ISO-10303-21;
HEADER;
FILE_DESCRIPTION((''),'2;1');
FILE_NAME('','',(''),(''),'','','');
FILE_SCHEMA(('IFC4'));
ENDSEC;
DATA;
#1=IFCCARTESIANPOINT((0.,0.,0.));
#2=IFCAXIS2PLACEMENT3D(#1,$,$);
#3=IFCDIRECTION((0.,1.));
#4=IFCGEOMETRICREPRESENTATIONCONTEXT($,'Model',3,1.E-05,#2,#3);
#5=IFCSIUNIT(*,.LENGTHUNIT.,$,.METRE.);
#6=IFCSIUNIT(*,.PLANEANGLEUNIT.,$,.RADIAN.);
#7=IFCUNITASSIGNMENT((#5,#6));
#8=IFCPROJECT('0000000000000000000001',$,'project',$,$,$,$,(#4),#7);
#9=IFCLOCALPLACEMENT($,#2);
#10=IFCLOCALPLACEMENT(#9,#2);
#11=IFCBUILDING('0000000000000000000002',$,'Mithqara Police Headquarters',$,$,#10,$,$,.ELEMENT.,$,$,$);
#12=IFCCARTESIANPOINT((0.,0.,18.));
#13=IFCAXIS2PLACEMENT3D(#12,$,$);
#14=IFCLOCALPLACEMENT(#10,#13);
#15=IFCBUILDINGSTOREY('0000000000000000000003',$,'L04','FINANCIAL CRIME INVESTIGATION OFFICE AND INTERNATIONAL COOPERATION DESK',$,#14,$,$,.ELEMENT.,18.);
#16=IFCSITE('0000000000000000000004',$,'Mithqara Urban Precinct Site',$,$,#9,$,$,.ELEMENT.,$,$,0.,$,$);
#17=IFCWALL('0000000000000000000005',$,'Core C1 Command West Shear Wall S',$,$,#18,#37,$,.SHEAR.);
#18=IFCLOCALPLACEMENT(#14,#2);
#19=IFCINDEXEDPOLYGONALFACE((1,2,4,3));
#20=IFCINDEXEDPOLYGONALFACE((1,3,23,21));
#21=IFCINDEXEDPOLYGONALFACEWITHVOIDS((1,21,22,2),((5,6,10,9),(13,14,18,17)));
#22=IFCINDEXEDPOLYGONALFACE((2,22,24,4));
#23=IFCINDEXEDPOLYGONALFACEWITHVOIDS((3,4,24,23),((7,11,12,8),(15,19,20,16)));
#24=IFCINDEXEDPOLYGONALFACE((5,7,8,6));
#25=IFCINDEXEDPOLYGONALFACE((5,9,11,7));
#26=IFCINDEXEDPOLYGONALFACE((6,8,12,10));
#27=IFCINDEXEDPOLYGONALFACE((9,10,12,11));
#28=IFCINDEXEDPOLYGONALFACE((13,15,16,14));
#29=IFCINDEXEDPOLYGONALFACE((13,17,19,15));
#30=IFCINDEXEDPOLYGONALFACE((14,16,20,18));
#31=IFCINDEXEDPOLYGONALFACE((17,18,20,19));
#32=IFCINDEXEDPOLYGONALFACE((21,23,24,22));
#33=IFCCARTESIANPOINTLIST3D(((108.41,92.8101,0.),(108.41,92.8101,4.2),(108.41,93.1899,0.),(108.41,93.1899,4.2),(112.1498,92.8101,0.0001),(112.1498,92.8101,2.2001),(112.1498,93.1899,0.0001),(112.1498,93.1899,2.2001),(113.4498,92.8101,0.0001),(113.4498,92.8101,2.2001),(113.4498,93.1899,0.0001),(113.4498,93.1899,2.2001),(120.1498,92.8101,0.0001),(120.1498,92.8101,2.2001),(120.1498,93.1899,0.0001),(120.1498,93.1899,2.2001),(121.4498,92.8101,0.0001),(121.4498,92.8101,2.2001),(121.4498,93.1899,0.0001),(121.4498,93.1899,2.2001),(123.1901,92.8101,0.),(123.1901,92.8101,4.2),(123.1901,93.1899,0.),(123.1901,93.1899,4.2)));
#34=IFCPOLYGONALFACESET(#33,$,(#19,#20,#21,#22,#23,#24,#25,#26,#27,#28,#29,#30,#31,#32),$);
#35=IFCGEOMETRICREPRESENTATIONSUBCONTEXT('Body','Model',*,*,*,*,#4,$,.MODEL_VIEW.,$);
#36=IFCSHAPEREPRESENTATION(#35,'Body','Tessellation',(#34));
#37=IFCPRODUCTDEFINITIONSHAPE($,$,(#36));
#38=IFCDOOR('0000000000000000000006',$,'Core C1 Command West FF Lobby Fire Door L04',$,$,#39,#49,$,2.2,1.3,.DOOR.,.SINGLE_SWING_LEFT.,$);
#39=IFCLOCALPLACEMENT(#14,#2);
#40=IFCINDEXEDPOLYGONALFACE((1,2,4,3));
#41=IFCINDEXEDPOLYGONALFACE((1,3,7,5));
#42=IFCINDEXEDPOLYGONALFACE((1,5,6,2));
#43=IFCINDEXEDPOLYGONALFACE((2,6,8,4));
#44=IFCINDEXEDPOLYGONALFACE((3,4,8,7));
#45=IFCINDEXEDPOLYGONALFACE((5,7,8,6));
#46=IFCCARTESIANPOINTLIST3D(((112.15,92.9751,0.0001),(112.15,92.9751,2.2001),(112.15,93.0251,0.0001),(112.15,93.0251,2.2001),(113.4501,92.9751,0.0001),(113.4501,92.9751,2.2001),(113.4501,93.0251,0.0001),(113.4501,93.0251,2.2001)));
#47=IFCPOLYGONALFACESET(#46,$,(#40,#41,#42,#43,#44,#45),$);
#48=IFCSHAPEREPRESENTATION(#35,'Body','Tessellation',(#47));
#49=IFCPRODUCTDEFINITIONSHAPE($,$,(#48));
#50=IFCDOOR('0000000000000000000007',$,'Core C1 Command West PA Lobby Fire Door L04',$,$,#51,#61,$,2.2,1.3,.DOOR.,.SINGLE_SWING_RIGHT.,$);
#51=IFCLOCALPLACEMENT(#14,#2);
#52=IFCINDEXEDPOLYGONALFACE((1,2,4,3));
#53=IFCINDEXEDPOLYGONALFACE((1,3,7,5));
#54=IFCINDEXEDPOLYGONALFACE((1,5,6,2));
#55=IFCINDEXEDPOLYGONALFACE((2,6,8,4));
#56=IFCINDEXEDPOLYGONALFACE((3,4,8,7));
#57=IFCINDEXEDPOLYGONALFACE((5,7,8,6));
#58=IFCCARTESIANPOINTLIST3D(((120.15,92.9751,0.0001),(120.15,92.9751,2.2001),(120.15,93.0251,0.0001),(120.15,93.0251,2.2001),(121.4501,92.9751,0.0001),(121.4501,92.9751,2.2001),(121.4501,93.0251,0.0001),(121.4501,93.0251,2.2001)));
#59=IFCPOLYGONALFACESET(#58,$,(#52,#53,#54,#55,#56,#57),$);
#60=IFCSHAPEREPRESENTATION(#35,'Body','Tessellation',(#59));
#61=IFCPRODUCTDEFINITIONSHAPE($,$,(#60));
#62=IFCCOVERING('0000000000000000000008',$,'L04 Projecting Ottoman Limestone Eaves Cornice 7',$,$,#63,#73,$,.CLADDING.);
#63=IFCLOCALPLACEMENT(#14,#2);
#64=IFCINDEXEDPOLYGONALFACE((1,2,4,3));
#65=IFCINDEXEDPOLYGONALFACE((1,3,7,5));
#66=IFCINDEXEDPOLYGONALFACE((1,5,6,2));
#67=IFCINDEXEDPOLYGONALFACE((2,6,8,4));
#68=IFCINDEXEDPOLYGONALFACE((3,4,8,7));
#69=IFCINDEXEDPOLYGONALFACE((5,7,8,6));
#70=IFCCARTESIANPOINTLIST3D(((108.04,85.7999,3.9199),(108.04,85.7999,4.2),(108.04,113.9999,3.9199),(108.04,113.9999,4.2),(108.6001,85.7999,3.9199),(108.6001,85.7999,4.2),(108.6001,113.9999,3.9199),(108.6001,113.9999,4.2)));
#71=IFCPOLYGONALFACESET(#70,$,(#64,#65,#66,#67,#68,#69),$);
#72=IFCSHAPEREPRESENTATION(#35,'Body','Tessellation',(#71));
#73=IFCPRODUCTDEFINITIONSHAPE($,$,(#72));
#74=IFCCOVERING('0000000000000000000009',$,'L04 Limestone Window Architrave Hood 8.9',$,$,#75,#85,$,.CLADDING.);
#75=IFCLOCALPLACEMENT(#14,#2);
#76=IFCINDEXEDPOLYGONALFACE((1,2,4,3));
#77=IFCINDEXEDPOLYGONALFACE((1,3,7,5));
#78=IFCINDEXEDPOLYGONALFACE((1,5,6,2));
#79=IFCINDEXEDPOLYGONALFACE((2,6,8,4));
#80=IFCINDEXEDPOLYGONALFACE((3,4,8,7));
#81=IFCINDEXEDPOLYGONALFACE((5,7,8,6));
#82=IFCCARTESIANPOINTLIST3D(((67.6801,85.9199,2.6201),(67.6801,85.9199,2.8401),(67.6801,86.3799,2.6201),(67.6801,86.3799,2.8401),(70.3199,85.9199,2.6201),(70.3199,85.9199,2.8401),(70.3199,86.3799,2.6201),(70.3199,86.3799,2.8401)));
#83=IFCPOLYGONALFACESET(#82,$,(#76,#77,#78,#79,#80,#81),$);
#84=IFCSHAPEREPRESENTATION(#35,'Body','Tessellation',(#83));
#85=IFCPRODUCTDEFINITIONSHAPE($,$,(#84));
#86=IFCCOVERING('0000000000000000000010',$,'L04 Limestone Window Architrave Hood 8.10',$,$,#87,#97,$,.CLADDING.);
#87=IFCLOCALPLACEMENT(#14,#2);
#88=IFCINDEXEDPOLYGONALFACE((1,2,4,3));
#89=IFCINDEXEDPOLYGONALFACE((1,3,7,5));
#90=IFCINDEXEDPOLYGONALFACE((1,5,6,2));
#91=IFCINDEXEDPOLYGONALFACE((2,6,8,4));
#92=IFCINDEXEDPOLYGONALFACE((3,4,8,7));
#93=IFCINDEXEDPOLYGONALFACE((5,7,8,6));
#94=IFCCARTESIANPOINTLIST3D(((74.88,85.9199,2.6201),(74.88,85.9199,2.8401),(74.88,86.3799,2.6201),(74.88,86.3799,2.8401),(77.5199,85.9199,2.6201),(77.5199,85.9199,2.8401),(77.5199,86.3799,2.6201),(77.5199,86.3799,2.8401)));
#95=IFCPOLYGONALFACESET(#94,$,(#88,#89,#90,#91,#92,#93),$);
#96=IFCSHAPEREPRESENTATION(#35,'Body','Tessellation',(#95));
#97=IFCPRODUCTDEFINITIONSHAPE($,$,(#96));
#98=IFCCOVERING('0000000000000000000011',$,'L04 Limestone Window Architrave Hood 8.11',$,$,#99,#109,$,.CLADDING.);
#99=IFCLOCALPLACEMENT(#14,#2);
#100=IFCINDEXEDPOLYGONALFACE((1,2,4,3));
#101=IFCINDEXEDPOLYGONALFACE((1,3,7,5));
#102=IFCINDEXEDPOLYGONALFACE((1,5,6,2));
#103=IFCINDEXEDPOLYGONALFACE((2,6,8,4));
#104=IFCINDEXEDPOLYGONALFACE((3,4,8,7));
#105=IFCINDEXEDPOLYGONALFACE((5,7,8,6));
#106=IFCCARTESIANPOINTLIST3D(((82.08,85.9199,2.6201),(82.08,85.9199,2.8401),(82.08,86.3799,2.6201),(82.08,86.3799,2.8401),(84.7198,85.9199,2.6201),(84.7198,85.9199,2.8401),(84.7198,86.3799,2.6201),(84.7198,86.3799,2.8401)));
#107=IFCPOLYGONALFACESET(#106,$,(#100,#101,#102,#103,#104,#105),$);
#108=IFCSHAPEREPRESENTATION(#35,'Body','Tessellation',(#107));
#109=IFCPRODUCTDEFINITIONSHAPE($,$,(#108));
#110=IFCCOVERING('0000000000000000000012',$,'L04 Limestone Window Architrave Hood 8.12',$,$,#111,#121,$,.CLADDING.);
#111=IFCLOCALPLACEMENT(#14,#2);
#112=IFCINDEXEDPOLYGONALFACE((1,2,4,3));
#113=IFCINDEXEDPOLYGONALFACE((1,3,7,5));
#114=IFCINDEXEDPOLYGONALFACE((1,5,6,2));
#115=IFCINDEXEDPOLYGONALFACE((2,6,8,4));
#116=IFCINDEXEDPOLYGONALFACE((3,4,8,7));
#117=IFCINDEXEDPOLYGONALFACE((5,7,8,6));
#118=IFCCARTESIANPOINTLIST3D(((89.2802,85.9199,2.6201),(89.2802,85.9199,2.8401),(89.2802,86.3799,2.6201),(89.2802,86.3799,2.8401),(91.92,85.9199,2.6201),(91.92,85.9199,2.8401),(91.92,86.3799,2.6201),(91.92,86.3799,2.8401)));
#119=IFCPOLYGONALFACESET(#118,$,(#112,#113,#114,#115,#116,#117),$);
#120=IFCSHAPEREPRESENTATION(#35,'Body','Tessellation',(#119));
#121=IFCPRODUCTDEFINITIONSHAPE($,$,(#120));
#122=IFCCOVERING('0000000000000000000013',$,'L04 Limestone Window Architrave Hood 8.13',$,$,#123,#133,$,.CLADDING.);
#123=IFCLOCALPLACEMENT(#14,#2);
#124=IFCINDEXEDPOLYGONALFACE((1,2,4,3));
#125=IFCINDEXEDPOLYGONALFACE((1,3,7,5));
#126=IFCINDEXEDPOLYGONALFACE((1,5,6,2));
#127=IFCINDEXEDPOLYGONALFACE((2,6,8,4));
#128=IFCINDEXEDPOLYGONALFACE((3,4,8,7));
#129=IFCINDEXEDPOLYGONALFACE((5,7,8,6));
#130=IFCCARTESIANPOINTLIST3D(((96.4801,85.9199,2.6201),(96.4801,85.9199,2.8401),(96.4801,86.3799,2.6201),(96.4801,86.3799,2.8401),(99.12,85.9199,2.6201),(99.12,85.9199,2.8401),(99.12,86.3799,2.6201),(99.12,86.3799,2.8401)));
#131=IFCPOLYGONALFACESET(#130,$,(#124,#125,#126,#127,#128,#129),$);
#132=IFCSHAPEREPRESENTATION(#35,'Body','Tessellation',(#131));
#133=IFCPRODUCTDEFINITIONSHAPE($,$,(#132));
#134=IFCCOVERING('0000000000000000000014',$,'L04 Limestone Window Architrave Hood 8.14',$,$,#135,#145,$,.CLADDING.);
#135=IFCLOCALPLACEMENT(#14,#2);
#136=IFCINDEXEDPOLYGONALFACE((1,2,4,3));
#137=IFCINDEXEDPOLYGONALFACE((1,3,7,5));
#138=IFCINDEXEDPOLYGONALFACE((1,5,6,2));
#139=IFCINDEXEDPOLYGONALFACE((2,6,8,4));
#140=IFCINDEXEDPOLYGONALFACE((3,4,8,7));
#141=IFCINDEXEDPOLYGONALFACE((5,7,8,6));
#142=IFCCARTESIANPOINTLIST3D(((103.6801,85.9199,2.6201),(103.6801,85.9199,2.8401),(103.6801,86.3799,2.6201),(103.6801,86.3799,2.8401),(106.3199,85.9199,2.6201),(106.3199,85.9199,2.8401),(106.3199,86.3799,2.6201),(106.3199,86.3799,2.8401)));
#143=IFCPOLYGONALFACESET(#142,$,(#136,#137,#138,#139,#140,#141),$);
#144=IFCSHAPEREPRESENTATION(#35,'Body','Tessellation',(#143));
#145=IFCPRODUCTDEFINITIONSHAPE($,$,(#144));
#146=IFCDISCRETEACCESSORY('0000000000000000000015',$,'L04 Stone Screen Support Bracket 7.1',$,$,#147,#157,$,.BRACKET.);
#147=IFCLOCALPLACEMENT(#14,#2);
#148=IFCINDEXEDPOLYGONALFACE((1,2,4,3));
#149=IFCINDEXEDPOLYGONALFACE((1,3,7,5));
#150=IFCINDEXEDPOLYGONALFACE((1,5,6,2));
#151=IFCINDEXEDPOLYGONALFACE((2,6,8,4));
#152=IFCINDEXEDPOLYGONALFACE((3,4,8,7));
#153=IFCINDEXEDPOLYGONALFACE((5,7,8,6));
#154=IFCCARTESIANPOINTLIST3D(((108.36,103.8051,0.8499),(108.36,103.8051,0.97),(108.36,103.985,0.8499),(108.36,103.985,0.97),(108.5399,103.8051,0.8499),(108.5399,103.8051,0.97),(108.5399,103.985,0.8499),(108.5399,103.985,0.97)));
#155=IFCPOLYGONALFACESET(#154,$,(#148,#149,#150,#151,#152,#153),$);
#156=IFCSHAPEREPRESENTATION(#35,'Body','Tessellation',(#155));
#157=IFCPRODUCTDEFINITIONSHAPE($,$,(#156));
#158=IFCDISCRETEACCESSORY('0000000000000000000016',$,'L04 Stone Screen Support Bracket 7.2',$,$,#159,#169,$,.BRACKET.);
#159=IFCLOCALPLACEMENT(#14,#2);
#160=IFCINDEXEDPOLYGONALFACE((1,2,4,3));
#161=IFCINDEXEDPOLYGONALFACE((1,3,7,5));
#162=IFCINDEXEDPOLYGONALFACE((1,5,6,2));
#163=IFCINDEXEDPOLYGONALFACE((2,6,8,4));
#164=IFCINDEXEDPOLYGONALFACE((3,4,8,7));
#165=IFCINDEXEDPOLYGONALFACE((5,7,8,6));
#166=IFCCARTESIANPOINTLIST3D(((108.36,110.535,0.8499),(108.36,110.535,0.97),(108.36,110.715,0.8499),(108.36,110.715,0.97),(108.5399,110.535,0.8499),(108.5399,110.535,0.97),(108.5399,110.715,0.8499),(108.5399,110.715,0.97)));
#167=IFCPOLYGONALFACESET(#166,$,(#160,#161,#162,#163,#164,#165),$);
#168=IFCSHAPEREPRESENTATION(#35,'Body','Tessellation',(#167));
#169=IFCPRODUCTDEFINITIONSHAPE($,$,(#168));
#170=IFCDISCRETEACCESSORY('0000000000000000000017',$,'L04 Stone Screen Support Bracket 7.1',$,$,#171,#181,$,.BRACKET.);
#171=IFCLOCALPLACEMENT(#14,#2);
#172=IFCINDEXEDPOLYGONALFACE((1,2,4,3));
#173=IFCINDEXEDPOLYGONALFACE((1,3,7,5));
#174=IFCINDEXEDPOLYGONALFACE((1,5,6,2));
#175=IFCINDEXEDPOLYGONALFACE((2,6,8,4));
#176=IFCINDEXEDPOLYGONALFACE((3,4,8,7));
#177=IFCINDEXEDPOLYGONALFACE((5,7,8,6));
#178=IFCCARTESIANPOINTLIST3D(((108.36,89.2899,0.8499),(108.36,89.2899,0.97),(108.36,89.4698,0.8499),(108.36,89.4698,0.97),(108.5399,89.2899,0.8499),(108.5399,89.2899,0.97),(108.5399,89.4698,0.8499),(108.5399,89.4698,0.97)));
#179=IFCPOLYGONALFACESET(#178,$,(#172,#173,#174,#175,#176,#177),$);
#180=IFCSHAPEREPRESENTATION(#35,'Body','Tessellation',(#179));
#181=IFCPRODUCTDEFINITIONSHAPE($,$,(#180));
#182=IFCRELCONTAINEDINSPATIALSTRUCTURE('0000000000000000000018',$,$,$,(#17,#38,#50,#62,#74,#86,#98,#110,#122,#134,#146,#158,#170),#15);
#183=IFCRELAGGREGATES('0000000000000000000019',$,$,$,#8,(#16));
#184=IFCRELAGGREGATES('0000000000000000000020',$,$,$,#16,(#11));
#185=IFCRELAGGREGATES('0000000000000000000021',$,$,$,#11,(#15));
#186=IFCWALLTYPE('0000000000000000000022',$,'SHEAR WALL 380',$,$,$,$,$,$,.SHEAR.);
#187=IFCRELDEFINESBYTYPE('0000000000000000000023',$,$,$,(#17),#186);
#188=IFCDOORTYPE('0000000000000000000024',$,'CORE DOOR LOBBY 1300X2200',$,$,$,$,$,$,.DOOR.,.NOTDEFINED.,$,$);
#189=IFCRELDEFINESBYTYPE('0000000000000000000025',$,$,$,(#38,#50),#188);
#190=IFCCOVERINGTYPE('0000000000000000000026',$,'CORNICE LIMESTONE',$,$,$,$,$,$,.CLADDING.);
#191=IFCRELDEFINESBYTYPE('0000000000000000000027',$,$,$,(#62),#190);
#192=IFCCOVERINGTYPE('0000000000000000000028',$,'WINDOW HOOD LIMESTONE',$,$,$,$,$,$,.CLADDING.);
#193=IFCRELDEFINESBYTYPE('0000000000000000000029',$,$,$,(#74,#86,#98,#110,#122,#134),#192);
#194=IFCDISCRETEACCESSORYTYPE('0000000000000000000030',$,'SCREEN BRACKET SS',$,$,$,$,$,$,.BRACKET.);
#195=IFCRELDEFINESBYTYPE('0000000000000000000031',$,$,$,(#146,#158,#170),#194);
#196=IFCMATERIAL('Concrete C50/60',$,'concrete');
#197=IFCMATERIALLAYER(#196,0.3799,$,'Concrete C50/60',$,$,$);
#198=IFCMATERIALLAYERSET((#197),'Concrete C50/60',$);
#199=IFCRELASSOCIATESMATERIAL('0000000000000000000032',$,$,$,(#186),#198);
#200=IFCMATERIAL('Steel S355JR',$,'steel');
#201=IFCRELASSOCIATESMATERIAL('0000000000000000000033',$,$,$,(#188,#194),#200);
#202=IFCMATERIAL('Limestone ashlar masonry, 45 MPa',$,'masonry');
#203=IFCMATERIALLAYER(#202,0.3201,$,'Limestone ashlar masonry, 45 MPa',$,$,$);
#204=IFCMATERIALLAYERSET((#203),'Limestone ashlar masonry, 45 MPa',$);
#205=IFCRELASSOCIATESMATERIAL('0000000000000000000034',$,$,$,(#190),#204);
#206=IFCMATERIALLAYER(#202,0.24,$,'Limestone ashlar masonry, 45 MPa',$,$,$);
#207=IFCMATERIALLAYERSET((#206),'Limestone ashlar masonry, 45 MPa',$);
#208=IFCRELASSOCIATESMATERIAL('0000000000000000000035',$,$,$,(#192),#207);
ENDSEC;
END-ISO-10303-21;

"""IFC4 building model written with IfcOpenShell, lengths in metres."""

from ifc_helpers import new_model, si_unit, direction, frame, frame_2d, origin, origin_2d, place, context, subcontext, project, spatial, rectangle, extrude, material, layer, layer_set, type_object, element, fill, save


model = new_model("IFC4")

# Units and contexts
model_context = context("Model", 3, precision=1e-05, world=origin(), true_north=direction((0.0, 1.0)))
body_context = subcontext(model_context, "Body", "Model", "MODEL_VIEW")
ifc_project = project(units=[si_unit("LENGTHUNIT", "METRE"), si_unit("PLANEANGLEUNIT", "RADIAN")], contexts=[model_context])

# Site, building, storey
site_placement = place(None, origin())
site = spatial("IfcSite", under=ifc_project, at=site_placement, Name="Mithqara Urban Precinct Site", CompositionType="ELEMENT", RefElevation=0.0)
building_placement = place(site_placement, origin())
building = spatial("IfcBuilding", under=site, at=building_placement, Name="Mithqara Police Headquarters", CompositionType="ELEMENT")
storey_placement = place(building_placement, frame((0.0, 0.0, 18.0)))
storey = spatial("IfcBuildingStorey", under=building, at=storey_placement, Name="L04", Description="FINANCIAL CRIME INVESTIGATION OFFICE AND INTERNATIONAL COOPERATION DESK", CompositionType="ELEMENT", Elevation=18.0)

# Shared definitions
ifc_material_1 = material(Name="Limestone ashlar masonry, 45 MPa", Category="masonry")

# Shared definitions
ifc_material_2 = material(Name="Concrete C50/60", Category="concrete")
ifc_layer_1 = layer(ifc_material_2, 0.3799, Name="Concrete C50/60")
ifc_layer_set_1 = layer_set([ifc_layer_1], Name="Concrete C50/60")
wall_type_1 = type_object("IfcWallType", Name="SHEAR WALL 380", PredefinedType="SHEAR", material=ifc_layer_set_1)

# Wall, openings, doors
wall_1_placement = place(storey_placement, frame((108.4099, 93.0, 0.0), z_axis=(0.0, 0.0, 1.0), x_axis=(1.0, 0.0, 0.0)))
wall_1 = element("IfcWall", 1, at=wall_1_placement, inside=storey, type_object=wall_type_1, Name="Core C1 Command West Shear Wall S", PredefinedType="SHEAR", context=body_context, shape_type="SweptSolid", body=[
    extrude(rectangle(XDim=14.78, YDim=0.3799, at=frame_2d((7.3901, 0.0))), origin(), (0.0, 0.0, 1.0), 4.2),
])
opening_1_placement = place(wall_1_placement, frame((3.74, 0.0, 0.0)))
opening_1 = element("IfcOpeningElement", 2, at=opening_1_placement, cuts=wall_1, PredefinedType="OPENING", context=body_context, shape_type="SweptSolid", body=[
    extrude(rectangle(XDim=1.3, YDim=2.2, at=frame_2d((0.6499, 1.1001))), frame((0.0, 0.2, 0.0), z_axis=(0.0, -1.0, 0.0), x_axis=(1.0, 0.0, 0.0)), (0.0, 0.0, 1.0), 0.3999),
])
opening_2_placement = place(wall_1_placement, frame((11.74, 0.0, 0.0)))
opening_2 = element("IfcOpeningElement", 3, at=opening_2_placement, cuts=wall_1, PredefinedType="OPENING", context=body_context, shape_type="SweptSolid", body=[
    extrude(rectangle(XDim=1.3, YDim=2.2, at=frame_2d((0.6499, 1.1001))), frame((0.0, 0.2, 0.0), z_axis=(0.0, -1.0, 0.0), x_axis=(1.0, 0.0, 0.0)), (0.0, 0.0, 1.0), 0.3999),
])
ifc_material_3 = material(Name="Steel S355JR", Category="steel")
door_type = type_object("IfcDoorType", Name="CORE DOOR LOBBY 1300X2200", OperationType="NOTDEFINED", PredefinedType="DOOR", material=ifc_material_3)
door_1_placement = place(opening_1_placement, frame((1.3, 0.0, 0.0), z_axis=(0.0, 0.0, 1.0), x_axis=(-1.0, 0.0, 0.0)))
door_1 = element("IfcDoor", 4, at=door_1_placement, inside=storey, type_object=door_type, Name="Core C1 Command West FF Lobby Fire Door L04", OperationType="SINGLE_SWING_LEFT", OverallHeight=2.2, OverallWidth=1.3, PredefinedType="DOOR", context=body_context, shape_type="SweptSolid", body=[
    extrude(rectangle(XDim=1.3, YDim=2.2, at=frame_2d((0.6499, 1.1001))), frame((0.0, 0.0249, 0.0), z_axis=(0.0, -1.0, 0.0), x_axis=(1.0, 0.0, 0.0)), (0.0, 0.0, 1.0), 0.05),
])
fill(opening_1, door_1)
door_2_placement = place(opening_2_placement, frame((1.3, 0.0, 0.0), z_axis=(0.0, 0.0, 1.0), x_axis=(-1.0, 0.0, 0.0)))
door_2 = element("IfcDoor", 5, at=door_2_placement, inside=storey, type_object=door_type, Name="Core C1 Command West PA Lobby Fire Door L04", OperationType="SINGLE_SWING_RIGHT", OverallHeight=2.2, OverallWidth=1.3, PredefinedType="DOOR", context=body_context, shape_type="SweptSolid", body=[
    extrude(rectangle(XDim=1.3, YDim=2.2, at=frame_2d((0.6499, 1.1001))), frame((0.0, 0.0249, 0.0), z_axis=(0.0, -1.0, 0.0), x_axis=(1.0, 0.0, 0.0)), (0.0, 0.0, 1.0), 0.05),
])
fill(opening_2, door_2)

# Coverings
ifc_layer_2 = layer(ifc_material_1, 0.3201, Name="Limestone ashlar masonry, 45 MPa")
ifc_layer_set_2 = layer_set([ifc_layer_2], Name="Limestone ashlar masonry, 45 MPa")
covering_type_1 = type_object("IfcCoveringType", Name="CORNICE LIMESTONE", PredefinedType="CLADDING", material=ifc_layer_set_2)
covering_placement = place(storey_placement, frame((108.3201, 99.8999, 3.9199), z_axis=(0.0, 0.0, 1.0), x_axis=(0.0, 1.0, 0.0)))
element("IfcCovering", 6, at=covering_placement, inside=storey, type_object=covering_type_1, Name="L04 Projecting Ottoman Limestone Eaves Cornice 7", PredefinedType="CLADDING", context=body_context, shape_type="SweptSolid", body=[
    extrude(rectangle(XDim=28.2, YDim=0.5601, at=origin_2d()), origin(), (0.0, 0.0, 1.0), 0.28),
])
ifc_layer_3 = layer(ifc_material_1, 0.24, Name="Limestone ashlar masonry, 45 MPa")
ifc_layer_set_3 = layer_set([ifc_layer_3], Name="Limestone ashlar masonry, 45 MPa")
covering_type_2 = type_object("IfcCoveringType", Name="WINDOW HOOD LIMESTONE", PredefinedType="CLADDING", material=ifc_layer_set_3)
for number, where, z_axis, x_axis, name in (
    (7, (69.0, 86.1499, 2.6201), (0.0, 0.0, 1.0), (1.0, 0.0, 0.0), "L04 Limestone Window Architrave Hood 8.9"),
    (8, (76.2, 86.1499, 2.6201), (0.0, 0.0, 1.0), (1.0, 0.0, 0.0), "L04 Limestone Window Architrave Hood 8.10"),
    (9, (83.3999, 86.1499, 2.6201), (0.0, 0.0, 1.0), (1.0, 0.0, 0.0), "L04 Limestone Window Architrave Hood 8.11"),
    (10, (90.6001, 86.1499, 2.6201), (0.0, 0.0, 1.0), (1.0, 0.0, 0.0), "L04 Limestone Window Architrave Hood 8.12"),
    (11, (97.8, 86.1499, 2.6201), (0.0, 0.0, 1.0), (1.0, 0.0, 0.0), "L04 Limestone Window Architrave Hood 8.13"),
    (12, (105.0, 86.1499, 2.6201), (0.0, 0.0, 1.0), (1.0, 0.0, 0.0), "L04 Limestone Window Architrave Hood 8.14"),
):
    element("IfcCovering", number, at=place(storey_placement, frame(where, z_axis=z_axis, x_axis=x_axis)), inside=storey, type_object=covering_type_2, Name=name, PredefinedType="CLADDING", context=body_context, shape_type="SweptSolid", body=[
        extrude(rectangle(XDim=2.6399, YDim=0.46, at=origin_2d()), origin(), (0.0, 0.0, 1.0), 0.22),
    ])

# Discrete accessories
discrete_accessory_type = type_object("IfcDiscreteAccessoryType", Name="SCREEN BRACKET SS", PredefinedType="BRACKET", material=ifc_material_3)
for number, where, z_axis, x_axis, name in (
    (13, (108.45, 103.895, 0.8499), (0.0, 0.0, 1.0), (0.0, 1.0, 0.0), "L04 Stone Screen Support Bracket 7.1"),
    (14, (108.45, 110.625, 0.8499), (0.0, 0.0, 1.0), (0.0, 1.0, 0.0), "L04 Stone Screen Support Bracket 7.2"),
    (15, (108.45, 89.3799, 0.8499), (0.0, 0.0, 1.0), (0.0, 1.0, 0.0), "L04 Stone Screen Support Bracket 7.1"),
):
    element("IfcDiscreteAccessory", number, at=place(storey_placement, frame(where, z_axis=z_axis, x_axis=x_axis)), inside=storey, type_object=discrete_accessory_type, Name=name, PredefinedType="BRACKET", context=body_context, shape_type="SweptSolid", body=[
        extrude(rectangle(XDim=0.1799, YDim=0.1799, at=origin_2d()), origin(), (0.0, 0.0, 1.0), 0.1201),
    ])

save(model, "model.ifc")
